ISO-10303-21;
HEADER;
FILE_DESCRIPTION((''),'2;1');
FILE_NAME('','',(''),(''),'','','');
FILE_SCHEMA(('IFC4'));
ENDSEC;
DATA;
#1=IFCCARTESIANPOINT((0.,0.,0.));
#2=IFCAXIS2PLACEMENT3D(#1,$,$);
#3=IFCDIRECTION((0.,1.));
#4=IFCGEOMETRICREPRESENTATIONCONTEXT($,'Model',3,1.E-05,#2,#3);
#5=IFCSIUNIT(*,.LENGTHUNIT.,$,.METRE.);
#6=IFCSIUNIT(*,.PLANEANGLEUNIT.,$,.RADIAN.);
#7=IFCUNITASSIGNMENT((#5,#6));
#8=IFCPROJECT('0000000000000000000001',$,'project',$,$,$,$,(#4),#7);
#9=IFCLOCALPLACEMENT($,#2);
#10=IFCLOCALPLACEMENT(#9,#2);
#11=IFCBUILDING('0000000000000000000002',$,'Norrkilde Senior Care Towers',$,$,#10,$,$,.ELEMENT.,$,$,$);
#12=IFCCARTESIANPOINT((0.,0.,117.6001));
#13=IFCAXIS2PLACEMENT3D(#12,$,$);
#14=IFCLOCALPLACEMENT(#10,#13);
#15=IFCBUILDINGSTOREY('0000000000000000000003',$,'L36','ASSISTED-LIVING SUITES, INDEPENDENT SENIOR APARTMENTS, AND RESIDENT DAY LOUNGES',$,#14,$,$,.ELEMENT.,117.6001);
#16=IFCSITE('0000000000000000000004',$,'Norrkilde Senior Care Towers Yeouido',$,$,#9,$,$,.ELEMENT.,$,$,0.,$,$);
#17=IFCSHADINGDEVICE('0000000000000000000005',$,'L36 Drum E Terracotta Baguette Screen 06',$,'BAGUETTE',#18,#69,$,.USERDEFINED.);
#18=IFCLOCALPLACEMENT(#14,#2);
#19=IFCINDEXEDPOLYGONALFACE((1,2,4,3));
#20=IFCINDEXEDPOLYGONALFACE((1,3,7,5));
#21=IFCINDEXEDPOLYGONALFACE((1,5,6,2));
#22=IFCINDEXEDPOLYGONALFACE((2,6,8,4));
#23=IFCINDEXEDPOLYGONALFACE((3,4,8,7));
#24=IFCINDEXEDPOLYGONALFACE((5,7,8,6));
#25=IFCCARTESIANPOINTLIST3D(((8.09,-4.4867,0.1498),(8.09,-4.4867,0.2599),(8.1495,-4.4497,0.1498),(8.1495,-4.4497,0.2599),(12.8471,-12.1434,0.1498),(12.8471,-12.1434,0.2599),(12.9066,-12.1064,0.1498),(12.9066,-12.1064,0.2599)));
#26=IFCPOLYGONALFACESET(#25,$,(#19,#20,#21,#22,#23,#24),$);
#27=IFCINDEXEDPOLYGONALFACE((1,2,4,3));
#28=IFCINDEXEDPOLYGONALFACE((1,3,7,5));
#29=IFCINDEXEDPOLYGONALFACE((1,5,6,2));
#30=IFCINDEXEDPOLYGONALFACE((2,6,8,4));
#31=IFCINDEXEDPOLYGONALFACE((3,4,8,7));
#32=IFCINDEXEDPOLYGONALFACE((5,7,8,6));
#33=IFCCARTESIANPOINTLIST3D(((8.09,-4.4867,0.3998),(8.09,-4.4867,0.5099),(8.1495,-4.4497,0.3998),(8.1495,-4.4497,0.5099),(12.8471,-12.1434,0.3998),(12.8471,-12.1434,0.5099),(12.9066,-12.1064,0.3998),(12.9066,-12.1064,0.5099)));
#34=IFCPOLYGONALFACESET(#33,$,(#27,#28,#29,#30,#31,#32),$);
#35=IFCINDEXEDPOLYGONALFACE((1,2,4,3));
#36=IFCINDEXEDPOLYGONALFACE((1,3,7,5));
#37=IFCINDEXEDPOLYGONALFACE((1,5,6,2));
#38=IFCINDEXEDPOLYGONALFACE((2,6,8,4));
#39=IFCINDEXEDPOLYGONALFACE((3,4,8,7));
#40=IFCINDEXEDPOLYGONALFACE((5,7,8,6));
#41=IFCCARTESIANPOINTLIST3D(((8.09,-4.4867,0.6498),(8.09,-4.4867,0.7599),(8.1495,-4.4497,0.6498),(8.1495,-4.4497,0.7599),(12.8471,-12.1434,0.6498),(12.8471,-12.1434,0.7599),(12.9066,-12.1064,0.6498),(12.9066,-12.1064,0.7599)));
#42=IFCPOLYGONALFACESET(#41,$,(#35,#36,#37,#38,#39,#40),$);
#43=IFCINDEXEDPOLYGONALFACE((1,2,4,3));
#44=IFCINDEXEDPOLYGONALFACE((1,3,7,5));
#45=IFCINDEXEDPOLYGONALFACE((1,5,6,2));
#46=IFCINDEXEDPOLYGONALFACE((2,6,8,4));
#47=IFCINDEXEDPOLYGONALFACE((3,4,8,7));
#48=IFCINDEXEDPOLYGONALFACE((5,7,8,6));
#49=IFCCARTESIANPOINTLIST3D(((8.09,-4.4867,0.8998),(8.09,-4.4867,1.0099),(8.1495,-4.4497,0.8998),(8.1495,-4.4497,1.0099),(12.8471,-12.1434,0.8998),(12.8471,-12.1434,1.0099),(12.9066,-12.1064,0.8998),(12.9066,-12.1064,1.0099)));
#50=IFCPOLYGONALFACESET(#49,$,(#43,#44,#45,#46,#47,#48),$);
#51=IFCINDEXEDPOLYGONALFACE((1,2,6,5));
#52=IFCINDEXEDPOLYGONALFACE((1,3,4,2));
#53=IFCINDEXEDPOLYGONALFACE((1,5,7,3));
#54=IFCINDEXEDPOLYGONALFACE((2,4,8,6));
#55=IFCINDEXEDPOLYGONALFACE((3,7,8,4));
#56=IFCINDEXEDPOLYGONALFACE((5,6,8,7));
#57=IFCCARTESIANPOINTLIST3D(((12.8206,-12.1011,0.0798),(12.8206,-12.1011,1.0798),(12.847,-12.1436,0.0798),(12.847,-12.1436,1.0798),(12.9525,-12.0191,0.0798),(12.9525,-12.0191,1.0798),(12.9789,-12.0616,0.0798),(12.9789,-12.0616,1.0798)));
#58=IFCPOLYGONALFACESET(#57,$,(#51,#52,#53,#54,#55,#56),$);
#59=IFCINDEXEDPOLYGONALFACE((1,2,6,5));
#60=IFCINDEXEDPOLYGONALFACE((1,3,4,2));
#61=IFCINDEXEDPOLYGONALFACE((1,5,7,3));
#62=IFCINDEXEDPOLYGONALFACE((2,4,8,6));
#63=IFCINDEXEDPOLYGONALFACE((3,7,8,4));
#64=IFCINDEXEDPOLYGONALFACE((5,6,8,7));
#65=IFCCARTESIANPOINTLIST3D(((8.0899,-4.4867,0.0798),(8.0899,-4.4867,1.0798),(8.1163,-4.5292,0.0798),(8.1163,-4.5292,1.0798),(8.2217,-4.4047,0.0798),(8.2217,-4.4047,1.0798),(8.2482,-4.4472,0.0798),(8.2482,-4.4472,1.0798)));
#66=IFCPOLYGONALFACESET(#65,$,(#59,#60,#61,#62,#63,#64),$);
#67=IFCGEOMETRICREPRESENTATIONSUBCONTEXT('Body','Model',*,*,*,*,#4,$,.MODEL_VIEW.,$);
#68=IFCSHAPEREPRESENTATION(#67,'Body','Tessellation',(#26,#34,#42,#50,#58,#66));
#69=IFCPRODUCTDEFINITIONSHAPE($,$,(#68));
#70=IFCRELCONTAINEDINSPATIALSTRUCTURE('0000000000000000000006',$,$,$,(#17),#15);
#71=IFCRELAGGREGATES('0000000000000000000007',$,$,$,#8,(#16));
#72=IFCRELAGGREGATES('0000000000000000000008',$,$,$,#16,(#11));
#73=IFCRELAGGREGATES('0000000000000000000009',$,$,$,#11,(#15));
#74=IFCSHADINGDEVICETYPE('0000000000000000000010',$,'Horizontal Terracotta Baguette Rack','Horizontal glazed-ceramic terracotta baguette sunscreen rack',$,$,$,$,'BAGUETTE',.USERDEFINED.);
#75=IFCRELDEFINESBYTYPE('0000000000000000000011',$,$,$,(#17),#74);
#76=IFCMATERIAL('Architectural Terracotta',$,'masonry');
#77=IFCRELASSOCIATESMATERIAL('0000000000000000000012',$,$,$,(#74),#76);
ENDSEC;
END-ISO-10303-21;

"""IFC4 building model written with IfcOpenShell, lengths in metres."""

from ifc_helpers import new_model, si_unit, direction, frame, origin, origin_2d, place, context, subcontext, project, spatial, rectangle, extrude, source, transform, mapped, material, type_object, type_shapes, element, save


model = new_model("IFC4")

# Units and contexts
model_context = context("Model", 3, precision=1e-05, world=origin(), true_north=direction((0.0, 1.0)))
body_context = subcontext(model_context, "Body", "Model", "MODEL_VIEW")
ifc_project = project(units=[si_unit("LENGTHUNIT", "METRE"), si_unit("PLANEANGLEUNIT", "RADIAN")], contexts=[model_context])

# Site, building, storey
site_placement = place(None, origin())
site = spatial("IfcSite", under=ifc_project, at=site_placement, Name="Norrkilde Senior Care Towers Yeouido", CompositionType="ELEMENT", RefElevation=0.0)
building_placement = place(site_placement, origin())
building = spatial("IfcBuilding", under=site, at=building_placement, Name="Norrkilde Senior Care Towers", CompositionType="ELEMENT")
storey_placement = place(building_placement, frame((0.0, 0.0, 117.6001)))
storey = spatial("IfcBuildingStorey", under=building, at=storey_placement, Name="L36", Description="ASSISTED-LIVING SUITES, INDEPENDENT SENIOR APARTMENTS, AND RESIDENT DAY LOUNGES", CompositionType="ELEMENT", Elevation=117.6001)

# Shading device
ifc_material_1 = material(Name="Architectural Terracotta", Category="masonry")
shading_device_type = type_object("IfcShadingDeviceType", Name="Horizontal Terracotta Baguette Rack", Description="Horizontal glazed-ceramic terracotta baguette sunscreen rack", ElementType="BAGUETTE", PredefinedType="USERDEFINED", material=ifc_material_1)
shared_shape_1 = source(origin(), body_context, "Body", "SweptSolid", [
    extrude(rectangle(XDim=0.0701, YDim=0.1101, at=origin_2d()), frame((0.0, 0.0901, 0.125), z_axis=(1.0, 0.0, 0.0), x_axis=(0.0, 1.0, 0.0)), (0.0, 0.0, 1.0), 9.0142),
    extrude(rectangle(XDim=0.0701, YDim=0.1101, at=origin_2d()), frame((0.0, 0.0901, 0.375), z_axis=(1.0, 0.0, 0.0), x_axis=(0.0, 1.0, 0.0)), (0.0, 0.0, 1.0), 9.0142),
    extrude(rectangle(XDim=0.0701, YDim=0.1101, at=origin_2d()), frame((0.0, 0.0901, 0.625), z_axis=(1.0, 0.0, 0.0), x_axis=(0.0, 1.0, 0.0)), (0.0, 0.0, 1.0), 9.0142),
    extrude(rectangle(XDim=0.0701, YDim=0.1101, at=origin_2d()), frame((0.0, 0.0901, 0.875), z_axis=(1.0, 0.0, 0.0), x_axis=(0.0, 1.0, 0.0)), (0.0, 0.0, 1.0), 9.0142),
    extrude(rectangle(XDim=0.05, YDim=0.1553, at=origin_2d()), frame((0.0249, 0.0476, 0.0)), (0.0, 0.0, 1.0), 1.0),
    extrude(rectangle(XDim=0.05, YDim=0.1553, at=origin_2d()), frame((8.9893, 0.0476, 0.0)), (0.0, 0.0, 1.0), 1.0),
])
type_shapes(shading_device_type, [shared_shape_1])
shading_device_placement = place(storey_placement, frame((12.9534, -12.0774, 0.0798), z_axis=(0.0, 0.0, 1.0), x_axis=(-0.527734, 0.849412, 0.0)))
element("IfcShadingDevice", 1, at=shading_device_placement, inside=storey, type_object=shading_device_type, Name="L36 Drum E Terracotta Baguette Screen 06", ObjectType="BAGUETTE", PredefinedType="USERDEFINED", context=body_context, shape_type="MappedRepresentation", body=[
    mapped(shared_shape_1, transform((0.0, 0.0, 0.0), x_axis=(1.0, 0.0, 0.0), y_axis=(0.0, 1.0, 0.0), z_axis=(0.0, 0.0, 1.0), scale=1.0)),
])

save(model, "model.ifc")
